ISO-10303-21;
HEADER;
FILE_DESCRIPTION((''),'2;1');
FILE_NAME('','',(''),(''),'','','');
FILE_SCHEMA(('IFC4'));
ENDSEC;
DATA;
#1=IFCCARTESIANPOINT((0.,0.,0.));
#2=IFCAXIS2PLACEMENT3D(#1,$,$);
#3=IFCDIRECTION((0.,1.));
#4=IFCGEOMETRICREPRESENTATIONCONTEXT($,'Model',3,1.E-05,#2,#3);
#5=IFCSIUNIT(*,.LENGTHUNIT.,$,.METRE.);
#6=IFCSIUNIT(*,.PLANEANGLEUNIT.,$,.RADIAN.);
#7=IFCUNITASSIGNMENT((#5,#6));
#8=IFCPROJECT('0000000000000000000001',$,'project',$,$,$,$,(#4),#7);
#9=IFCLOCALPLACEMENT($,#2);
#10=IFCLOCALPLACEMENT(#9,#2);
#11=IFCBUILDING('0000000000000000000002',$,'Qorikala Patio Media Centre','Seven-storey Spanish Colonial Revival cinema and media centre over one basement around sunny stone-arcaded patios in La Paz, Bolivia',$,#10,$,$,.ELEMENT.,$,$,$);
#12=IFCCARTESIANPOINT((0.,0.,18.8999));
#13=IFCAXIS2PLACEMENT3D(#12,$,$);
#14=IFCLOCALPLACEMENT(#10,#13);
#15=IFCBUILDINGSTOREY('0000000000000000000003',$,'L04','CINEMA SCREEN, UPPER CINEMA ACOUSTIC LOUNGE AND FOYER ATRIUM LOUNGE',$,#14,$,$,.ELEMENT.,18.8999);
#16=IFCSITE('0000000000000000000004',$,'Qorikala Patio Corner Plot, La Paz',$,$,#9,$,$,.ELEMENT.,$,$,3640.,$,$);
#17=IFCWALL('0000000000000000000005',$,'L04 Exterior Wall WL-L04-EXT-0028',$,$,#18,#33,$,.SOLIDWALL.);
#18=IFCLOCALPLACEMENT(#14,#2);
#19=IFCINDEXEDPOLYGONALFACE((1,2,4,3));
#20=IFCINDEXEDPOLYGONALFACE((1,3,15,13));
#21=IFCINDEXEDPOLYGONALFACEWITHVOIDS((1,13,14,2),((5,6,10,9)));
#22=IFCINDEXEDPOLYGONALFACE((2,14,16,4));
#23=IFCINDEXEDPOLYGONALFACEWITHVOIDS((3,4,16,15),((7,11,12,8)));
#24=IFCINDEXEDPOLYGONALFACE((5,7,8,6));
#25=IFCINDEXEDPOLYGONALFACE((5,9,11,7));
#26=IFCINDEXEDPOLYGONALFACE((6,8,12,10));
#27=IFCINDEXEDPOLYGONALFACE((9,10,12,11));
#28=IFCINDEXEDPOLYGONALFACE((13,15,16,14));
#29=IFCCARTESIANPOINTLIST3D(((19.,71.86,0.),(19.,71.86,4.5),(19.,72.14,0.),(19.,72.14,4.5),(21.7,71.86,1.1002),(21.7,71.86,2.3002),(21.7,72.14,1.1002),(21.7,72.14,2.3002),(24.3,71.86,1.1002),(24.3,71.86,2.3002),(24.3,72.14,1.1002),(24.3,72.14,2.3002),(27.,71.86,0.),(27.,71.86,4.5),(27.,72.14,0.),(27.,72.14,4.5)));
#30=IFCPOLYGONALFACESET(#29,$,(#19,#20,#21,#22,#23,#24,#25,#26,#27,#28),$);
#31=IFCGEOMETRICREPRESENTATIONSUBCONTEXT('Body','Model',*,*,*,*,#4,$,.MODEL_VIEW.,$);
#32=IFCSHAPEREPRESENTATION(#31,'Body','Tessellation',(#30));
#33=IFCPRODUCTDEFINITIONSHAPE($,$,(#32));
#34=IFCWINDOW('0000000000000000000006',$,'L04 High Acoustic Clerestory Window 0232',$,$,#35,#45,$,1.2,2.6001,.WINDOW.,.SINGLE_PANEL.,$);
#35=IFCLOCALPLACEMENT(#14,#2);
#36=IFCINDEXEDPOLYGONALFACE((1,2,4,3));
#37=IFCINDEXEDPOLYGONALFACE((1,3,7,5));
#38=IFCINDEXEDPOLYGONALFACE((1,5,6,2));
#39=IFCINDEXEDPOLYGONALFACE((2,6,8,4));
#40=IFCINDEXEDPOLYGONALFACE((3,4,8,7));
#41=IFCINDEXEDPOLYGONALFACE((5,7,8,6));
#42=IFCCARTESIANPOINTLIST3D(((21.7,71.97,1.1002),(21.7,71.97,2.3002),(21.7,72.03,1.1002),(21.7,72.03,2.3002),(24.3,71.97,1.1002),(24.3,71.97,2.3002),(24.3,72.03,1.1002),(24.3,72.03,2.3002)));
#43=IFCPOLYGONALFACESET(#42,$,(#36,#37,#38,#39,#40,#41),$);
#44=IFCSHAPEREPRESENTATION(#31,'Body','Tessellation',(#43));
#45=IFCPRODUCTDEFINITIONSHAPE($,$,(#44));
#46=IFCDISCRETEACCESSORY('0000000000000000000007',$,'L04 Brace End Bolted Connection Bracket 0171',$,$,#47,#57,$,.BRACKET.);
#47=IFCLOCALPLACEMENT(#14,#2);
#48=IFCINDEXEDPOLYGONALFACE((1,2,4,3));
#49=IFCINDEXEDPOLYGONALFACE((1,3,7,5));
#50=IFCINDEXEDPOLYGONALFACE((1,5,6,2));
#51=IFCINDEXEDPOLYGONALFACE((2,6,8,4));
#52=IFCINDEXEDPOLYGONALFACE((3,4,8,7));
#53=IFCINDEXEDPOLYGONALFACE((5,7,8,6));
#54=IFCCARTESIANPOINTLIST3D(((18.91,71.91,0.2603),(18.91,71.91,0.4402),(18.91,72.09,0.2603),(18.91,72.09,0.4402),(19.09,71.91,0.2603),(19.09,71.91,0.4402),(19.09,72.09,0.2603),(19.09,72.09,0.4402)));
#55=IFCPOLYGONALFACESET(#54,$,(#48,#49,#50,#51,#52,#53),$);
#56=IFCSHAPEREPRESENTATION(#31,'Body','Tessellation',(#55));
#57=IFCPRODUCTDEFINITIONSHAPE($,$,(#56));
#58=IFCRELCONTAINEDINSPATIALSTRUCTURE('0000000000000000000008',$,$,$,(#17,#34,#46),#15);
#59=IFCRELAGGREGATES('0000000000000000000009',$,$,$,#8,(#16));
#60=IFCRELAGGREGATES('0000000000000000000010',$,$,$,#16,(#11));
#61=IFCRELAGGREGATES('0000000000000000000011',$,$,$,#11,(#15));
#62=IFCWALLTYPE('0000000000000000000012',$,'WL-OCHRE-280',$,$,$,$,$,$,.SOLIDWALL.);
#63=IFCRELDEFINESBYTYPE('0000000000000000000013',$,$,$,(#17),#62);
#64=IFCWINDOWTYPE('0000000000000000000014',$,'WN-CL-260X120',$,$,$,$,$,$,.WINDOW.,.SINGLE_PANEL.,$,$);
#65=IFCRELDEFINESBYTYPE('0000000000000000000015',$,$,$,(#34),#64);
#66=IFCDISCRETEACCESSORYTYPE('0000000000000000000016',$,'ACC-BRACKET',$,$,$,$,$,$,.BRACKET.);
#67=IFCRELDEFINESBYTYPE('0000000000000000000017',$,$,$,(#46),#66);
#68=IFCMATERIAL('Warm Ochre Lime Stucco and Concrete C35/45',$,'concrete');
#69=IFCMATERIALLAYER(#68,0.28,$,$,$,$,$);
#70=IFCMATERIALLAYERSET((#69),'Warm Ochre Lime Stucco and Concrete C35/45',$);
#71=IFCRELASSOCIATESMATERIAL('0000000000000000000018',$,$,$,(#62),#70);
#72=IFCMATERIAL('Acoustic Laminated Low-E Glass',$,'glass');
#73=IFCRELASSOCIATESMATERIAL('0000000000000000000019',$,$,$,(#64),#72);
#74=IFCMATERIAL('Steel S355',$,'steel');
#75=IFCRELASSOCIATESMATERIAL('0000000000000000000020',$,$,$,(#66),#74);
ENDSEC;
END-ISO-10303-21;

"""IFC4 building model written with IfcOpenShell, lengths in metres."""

from ifc_helpers import new_model, si_unit, direction, frame, frame_2d, origin, origin_2d, place, context, subcontext, project, spatial, rectangle, extrude, material, layer, layer_set, type_object, element, fill, save


model = new_model("IFC4")

# Units and contexts
model_context = context("Model", 3, precision=1e-05, world=origin(), true_north=direction((0.0, 1.0)))
body_context = subcontext(model_context, "Body", "Model", "MODEL_VIEW")
ifc_project = project(units=[si_unit("LENGTHUNIT", "METRE"), si_unit("PLANEANGLEUNIT", "RADIAN")], contexts=[model_context])

# Site, building, storey
site_placement = place(None, origin())
site = spatial("IfcSite", under=ifc_project, at=site_placement, Name="Qorikala Patio Corner Plot, La Paz", CompositionType="ELEMENT", RefElevation=3640.0)
building_placement = place(site_placement, origin())
building = spatial("IfcBuilding", under=site, at=building_placement, Name="Qorikala Patio Media Centre", Description="Seven-storey Spanish Colonial Revival cinema and media centre over one basement around sunny stone-arcaded patios in La Paz, Bolivia", CompositionType="ELEMENT")
storey_placement = place(building_placement, frame((0.0, 0.0, 18.8999)))
storey = spatial("IfcBuildingStorey", under=building, at=storey_placement, Name="L04", Description="CINEMA SCREEN, UPPER CINEMA ACOUSTIC LOUNGE AND FOYER ATRIUM LOUNGE", CompositionType="ELEMENT", Elevation=18.8999)

# Shared definitions
ifc_material_1 = material(Name="Steel S355", Category="steel")

# Shared definitions
ifc_material_2 = material(Name="Acoustic Laminated Low-E Glass", Category="glass")

# Wall, opening, window
ifc_material_3 = material(Name="Warm Ochre Lime Stucco and Concrete C35/45", Category="concrete")
ifc_layer_1 = layer(ifc_material_3, 0.28)
ifc_layer_set_1 = layer_set([ifc_layer_1], Name="Warm Ochre Lime Stucco and Concrete C35/45")
wall_type_1 = type_object("IfcWallType", Name="WL-OCHRE-280", PredefinedType="SOLIDWALL", material=ifc_layer_set_1)
wall_1_placement = place(storey_placement, frame((19.0, 72.0, 0.0), z_axis=(0.0, 0.0, 1.0), x_axis=(1.0, 0.0, 0.0)))
wall_1 = element("IfcWall", 1, at=wall_1_placement, inside=storey, type_object=wall_type_1, Name="L04 Exterior Wall WL-L04-EXT-0028", PredefinedType="SOLIDWALL", context=body_context, shape_type="SweptSolid", body=[
    extrude(rectangle(XDim=8.0, YDim=0.28, at=frame_2d((4.0, 0.0))), origin(), (0.0, 0.0, 1.0), 4.5),
])
opening_1_placement = place(wall_1_placement, frame((2.7, 0.0, 1.1001)))
opening_1 = element("IfcOpeningElement", 2, at=opening_1_placement, cuts=wall_1, PredefinedType="OPENING", context=body_context, shape_type="SweptSolid", body=[
    extrude(rectangle(XDim=2.6001, YDim=1.2, at=frame_2d((1.3, 0.6001))), frame((0.0, 0.1499, 0.0), z_axis=(0.0, -1.0, 0.0), x_axis=(1.0, 0.0, 0.0)), (0.0, 0.0, 1.0), 0.3),
])
window_type = type_object("IfcWindowType", Name="WN-CL-260X120", PartitioningType="SINGLE_PANEL", PredefinedType="WINDOW", material=ifc_material_2)
window_placement = place(opening_1_placement, origin())
window = element("IfcWindow", 3, at=window_placement, inside=storey, type_object=window_type, Name="L04 High Acoustic Clerestory Window 0232", OverallHeight=1.2, OverallWidth=2.6001, PartitioningType="SINGLE_PANEL", PredefinedType="WINDOW", context=body_context, shape_type="SweptSolid", body=[
    extrude(rectangle(XDim=2.6001, YDim=1.2, at=frame_2d((1.3, 0.6001))), frame((0.0, 0.03, 0.0), z_axis=(0.0, -1.0, 0.0), x_axis=(1.0, 0.0, 0.0)), (0.0, 0.0, 1.0), 0.0601),
])
fill(opening_1, window)

# Discrete accessory
discrete_accessory_type = type_object("IfcDiscreteAccessoryType", Name="ACC-BRACKET", PredefinedType="BRACKET", material=ifc_material_1)
discrete_accessory_placement = place(storey_placement, frame((19.0, 72.0, 0.2603), z_axis=(0.0, 0.0, 1.0), x_axis=(1.0, 0.0, 0.0)))
element("IfcDiscreteAccessory", 4, at=discrete_accessory_placement, inside=storey, type_object=discrete_accessory_type, Name="L04 Brace End Bolted Connection Bracket 0171", PredefinedType="BRACKET", context=body_context, shape_type="SweptSolid", body=[
    extrude(rectangle(XDim=0.1799, YDim=0.1799, at=origin_2d()), origin(), (0.0, 0.0, 1.0), 0.1799),
])

save(model, "model.ifc")
